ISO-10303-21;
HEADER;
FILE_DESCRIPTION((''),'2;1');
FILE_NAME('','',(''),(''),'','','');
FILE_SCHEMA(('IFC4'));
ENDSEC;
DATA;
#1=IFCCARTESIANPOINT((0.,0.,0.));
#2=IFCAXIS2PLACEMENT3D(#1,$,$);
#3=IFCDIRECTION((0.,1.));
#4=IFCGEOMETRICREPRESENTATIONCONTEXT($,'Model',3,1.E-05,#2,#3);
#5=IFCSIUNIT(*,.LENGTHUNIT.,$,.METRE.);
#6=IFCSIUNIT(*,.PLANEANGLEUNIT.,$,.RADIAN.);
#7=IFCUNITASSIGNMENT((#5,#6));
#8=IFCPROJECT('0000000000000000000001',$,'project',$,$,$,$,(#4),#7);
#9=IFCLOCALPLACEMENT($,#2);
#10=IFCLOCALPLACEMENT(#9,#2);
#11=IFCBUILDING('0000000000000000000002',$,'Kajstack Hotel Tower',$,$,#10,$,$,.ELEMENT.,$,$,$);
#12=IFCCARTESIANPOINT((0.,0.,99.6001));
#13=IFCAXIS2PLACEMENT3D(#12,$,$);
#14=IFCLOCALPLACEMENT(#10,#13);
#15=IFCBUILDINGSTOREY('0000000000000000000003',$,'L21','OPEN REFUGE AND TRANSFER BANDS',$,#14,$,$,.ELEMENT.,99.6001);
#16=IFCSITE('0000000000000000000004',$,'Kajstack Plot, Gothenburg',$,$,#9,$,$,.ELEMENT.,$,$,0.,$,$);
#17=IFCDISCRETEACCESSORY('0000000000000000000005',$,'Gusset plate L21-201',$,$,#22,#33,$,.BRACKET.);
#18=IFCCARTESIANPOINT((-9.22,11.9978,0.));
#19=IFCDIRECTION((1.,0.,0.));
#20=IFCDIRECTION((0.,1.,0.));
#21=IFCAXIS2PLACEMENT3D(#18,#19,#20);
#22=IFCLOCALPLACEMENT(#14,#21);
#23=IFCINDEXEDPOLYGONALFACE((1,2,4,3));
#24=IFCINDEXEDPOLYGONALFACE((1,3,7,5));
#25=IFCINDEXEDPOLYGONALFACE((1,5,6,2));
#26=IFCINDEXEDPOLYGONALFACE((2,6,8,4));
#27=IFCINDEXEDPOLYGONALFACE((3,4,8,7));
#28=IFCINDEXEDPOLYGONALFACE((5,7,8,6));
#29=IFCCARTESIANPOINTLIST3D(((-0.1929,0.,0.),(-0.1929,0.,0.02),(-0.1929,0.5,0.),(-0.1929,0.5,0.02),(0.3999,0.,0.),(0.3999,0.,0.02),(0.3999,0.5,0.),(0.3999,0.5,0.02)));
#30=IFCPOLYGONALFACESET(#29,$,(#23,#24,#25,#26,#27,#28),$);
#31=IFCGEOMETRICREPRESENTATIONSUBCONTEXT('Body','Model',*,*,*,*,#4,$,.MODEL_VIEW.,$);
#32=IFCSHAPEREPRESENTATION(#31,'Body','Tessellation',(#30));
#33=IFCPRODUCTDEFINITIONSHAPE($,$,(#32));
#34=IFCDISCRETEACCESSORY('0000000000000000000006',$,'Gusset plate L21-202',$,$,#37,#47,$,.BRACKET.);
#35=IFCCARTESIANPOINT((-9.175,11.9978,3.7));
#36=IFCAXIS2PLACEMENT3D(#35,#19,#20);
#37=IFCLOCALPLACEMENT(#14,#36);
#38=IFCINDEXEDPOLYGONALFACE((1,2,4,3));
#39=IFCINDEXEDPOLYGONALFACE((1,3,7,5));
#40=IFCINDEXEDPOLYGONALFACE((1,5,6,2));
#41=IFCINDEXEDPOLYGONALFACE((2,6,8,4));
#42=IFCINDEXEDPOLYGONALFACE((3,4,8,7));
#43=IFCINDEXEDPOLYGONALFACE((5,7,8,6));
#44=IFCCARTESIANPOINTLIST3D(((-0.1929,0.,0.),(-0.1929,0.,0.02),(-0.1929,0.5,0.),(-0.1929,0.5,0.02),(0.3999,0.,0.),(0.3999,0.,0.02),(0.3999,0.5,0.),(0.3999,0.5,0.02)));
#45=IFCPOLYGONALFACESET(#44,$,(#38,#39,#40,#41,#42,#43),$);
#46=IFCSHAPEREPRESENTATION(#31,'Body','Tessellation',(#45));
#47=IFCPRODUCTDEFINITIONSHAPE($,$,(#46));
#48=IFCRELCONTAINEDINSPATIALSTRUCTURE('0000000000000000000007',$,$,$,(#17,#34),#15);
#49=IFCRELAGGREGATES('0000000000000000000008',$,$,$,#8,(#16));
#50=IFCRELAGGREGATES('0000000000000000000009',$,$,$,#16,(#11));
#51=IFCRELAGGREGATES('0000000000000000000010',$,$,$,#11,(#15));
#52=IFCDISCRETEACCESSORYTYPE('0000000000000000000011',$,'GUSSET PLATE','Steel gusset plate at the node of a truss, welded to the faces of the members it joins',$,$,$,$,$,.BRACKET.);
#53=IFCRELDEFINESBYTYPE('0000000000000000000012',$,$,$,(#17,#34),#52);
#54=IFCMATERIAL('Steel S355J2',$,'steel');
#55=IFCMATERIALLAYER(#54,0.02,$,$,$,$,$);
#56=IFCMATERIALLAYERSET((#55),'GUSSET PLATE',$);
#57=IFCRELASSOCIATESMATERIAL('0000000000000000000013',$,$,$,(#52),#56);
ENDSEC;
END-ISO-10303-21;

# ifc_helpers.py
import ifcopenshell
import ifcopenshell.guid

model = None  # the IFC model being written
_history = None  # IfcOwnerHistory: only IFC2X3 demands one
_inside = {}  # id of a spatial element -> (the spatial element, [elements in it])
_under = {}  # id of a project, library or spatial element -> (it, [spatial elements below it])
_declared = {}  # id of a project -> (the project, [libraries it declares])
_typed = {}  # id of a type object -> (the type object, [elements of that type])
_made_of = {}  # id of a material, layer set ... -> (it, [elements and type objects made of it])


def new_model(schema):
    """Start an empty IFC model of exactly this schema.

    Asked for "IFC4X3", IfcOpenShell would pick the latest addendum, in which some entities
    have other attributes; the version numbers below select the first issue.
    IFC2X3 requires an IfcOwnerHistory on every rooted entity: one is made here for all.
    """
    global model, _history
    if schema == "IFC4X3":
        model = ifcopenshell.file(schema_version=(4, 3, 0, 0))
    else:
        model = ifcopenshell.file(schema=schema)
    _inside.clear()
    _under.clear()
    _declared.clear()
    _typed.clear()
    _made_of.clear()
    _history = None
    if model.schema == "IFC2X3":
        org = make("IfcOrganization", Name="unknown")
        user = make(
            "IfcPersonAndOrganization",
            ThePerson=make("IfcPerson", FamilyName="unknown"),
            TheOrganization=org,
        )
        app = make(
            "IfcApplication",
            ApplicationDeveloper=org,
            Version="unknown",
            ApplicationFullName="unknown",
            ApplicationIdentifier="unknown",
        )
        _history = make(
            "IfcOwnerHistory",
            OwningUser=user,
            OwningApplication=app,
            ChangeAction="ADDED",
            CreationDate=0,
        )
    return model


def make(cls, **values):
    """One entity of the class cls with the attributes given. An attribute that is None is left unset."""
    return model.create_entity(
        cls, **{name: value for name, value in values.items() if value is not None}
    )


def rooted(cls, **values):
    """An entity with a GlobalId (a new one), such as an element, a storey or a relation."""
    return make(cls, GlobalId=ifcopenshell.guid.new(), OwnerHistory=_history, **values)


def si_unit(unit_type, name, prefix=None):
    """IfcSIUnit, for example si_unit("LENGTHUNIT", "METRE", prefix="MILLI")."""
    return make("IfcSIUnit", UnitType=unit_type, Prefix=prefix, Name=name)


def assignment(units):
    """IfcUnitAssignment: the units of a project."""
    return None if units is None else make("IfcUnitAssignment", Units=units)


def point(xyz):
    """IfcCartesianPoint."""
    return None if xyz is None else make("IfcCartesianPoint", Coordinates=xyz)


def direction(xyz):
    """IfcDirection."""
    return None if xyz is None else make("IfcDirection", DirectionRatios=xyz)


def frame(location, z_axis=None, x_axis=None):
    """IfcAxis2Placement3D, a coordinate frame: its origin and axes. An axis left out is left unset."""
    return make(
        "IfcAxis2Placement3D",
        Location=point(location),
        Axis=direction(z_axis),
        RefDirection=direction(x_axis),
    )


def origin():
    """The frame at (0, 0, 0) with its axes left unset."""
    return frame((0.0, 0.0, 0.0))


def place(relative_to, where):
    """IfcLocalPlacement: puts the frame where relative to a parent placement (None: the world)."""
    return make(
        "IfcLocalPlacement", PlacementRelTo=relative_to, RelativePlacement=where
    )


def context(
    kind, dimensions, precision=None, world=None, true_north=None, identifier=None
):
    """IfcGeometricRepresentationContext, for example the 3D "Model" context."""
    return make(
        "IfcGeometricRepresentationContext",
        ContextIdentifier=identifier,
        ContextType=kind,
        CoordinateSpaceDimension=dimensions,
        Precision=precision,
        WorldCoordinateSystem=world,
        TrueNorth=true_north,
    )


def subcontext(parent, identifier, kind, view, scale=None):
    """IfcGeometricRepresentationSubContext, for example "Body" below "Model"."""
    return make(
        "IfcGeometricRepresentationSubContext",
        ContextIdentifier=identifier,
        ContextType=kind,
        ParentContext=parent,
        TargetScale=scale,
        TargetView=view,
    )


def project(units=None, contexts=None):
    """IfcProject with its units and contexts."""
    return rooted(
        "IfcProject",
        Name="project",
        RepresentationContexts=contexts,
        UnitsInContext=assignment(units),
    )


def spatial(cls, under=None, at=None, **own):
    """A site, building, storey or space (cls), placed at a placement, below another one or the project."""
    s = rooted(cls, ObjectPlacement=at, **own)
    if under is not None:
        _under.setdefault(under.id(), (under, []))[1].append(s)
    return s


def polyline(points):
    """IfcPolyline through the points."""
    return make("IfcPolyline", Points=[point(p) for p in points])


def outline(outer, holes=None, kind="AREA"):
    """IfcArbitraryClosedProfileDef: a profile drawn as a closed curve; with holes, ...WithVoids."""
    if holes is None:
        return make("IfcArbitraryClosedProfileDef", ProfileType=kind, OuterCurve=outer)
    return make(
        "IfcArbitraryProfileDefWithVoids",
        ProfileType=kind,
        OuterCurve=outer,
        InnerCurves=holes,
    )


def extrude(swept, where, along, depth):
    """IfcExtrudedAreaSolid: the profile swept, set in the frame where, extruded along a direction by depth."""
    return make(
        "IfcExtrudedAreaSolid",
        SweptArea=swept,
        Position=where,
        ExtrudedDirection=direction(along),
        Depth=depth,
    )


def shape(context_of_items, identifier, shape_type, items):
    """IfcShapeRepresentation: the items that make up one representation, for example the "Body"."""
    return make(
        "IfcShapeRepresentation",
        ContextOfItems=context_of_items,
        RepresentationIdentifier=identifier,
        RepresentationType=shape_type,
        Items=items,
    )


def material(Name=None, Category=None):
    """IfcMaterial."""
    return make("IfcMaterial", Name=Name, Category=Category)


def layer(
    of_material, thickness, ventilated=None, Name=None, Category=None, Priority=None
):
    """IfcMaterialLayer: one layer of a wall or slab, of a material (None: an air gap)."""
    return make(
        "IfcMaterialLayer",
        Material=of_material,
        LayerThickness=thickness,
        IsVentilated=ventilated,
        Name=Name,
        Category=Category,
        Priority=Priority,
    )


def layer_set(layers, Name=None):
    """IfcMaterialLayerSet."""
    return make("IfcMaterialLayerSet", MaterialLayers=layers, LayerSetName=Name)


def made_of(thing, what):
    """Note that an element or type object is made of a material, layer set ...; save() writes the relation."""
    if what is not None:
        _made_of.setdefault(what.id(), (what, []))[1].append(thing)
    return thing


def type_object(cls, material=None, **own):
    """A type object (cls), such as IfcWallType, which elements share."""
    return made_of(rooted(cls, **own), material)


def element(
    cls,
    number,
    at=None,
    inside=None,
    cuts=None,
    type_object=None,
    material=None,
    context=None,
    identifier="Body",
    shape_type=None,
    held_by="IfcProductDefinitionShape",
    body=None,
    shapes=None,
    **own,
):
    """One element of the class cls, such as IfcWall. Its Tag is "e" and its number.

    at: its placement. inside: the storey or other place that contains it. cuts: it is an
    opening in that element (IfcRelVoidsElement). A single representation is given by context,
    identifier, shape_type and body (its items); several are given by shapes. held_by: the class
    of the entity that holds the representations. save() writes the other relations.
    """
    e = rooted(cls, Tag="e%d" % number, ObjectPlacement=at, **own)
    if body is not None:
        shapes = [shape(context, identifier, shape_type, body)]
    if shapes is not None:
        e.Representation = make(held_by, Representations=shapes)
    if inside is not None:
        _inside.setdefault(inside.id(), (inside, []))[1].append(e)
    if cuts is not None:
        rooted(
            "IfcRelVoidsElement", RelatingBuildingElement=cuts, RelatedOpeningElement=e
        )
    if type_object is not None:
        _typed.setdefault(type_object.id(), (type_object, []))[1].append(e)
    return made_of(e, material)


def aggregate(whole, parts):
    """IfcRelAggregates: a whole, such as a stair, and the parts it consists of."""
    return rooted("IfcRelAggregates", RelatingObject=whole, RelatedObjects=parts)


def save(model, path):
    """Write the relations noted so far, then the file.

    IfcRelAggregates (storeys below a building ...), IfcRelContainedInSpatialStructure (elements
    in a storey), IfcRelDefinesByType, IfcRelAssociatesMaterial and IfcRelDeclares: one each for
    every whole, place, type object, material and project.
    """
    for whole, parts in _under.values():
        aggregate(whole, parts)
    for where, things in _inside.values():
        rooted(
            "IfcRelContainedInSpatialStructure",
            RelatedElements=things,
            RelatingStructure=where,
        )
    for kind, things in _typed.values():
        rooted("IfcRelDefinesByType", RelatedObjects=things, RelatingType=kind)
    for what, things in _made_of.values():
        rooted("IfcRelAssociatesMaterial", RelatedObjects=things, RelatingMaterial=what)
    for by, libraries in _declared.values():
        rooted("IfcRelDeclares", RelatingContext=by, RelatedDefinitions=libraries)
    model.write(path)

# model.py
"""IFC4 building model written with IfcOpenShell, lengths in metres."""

from ifc_helpers import new_model, si_unit, direction, frame, origin, place, context, subcontext, project, spatial, polyline, outline, extrude, material, layer, layer_set, type_object, element, save


model = new_model("IFC4")

# Units and contexts
model_context = context("Model", 3, precision=1e-05, world=origin(), true_north=direction((0.0, 1.0)))
body_context = subcontext(model_context, "Body", "Model", "MODEL_VIEW")
ifc_project = project(units=[si_unit("LENGTHUNIT", "METRE"), si_unit("PLANEANGLEUNIT", "RADIAN")], contexts=[model_context])

# Site, building, storey
site_placement = place(None, origin())
site = spatial("IfcSite", under=ifc_project, at=site_placement, Name="Kajstack Plot, Gothenburg", CompositionType="ELEMENT", RefElevation=0.0)
building_placement = place(site_placement, origin())
building = spatial("IfcBuilding", under=site, at=building_placement, Name="Kajstack Hotel Tower", CompositionType="ELEMENT")
storey_placement = place(building_placement, frame((0.0, 0.0, 99.6001)))
storey = spatial("IfcBuildingStorey", under=building, at=storey_placement, Name="L21", Description="OPEN REFUGE AND TRANSFER BANDS", CompositionType="ELEMENT", Elevation=99.6001)

# Shared definitions
ifc_material_1 = material(Name="Steel S355J2", Category="steel")

# Discrete accessories
ifc_layer_1 = layer(ifc_material_1, 0.02)
ifc_layer_set_1 = layer_set([ifc_layer_1], Name="GUSSET PLATE")
discrete_accessory_type = type_object("IfcDiscreteAccessoryType", Name="GUSSET PLATE", Description="Steel gusset plate at the node of a truss, welded to the faces of the members it joins", PredefinedType="BRACKET", material=ifc_layer_set_1)
for number, where, z_axis, x_axis, name in (
    (1, (-9.22, 11.9978, 0.0), (1.0, 0.0, 0.0), (0.0, 1.0, 0.0), "Gusset plate L21-201"),
    (2, (-9.175, 11.9978, 3.7), (1.0, 0.0, 0.0), (0.0, 1.0, 0.0), "Gusset plate L21-202"),
):
    element("IfcDiscreteAccessory", number, at=place(storey_placement, frame(where, z_axis=z_axis, x_axis=x_axis)), inside=storey, type_object=discrete_accessory_type, Name=name, PredefinedType="BRACKET", context=body_context, shape_type="SweptSolid", body=[
        extrude(outline(polyline([(0.3999, 0.5), (-0.1929, 0.5), (-0.1929, 0.0), (0.3999, 0.0), (0.3999, 0.5)])), origin(), (0.0, 0.0, 1.0), 0.02),
    ])

save(model, "model.ifc")
